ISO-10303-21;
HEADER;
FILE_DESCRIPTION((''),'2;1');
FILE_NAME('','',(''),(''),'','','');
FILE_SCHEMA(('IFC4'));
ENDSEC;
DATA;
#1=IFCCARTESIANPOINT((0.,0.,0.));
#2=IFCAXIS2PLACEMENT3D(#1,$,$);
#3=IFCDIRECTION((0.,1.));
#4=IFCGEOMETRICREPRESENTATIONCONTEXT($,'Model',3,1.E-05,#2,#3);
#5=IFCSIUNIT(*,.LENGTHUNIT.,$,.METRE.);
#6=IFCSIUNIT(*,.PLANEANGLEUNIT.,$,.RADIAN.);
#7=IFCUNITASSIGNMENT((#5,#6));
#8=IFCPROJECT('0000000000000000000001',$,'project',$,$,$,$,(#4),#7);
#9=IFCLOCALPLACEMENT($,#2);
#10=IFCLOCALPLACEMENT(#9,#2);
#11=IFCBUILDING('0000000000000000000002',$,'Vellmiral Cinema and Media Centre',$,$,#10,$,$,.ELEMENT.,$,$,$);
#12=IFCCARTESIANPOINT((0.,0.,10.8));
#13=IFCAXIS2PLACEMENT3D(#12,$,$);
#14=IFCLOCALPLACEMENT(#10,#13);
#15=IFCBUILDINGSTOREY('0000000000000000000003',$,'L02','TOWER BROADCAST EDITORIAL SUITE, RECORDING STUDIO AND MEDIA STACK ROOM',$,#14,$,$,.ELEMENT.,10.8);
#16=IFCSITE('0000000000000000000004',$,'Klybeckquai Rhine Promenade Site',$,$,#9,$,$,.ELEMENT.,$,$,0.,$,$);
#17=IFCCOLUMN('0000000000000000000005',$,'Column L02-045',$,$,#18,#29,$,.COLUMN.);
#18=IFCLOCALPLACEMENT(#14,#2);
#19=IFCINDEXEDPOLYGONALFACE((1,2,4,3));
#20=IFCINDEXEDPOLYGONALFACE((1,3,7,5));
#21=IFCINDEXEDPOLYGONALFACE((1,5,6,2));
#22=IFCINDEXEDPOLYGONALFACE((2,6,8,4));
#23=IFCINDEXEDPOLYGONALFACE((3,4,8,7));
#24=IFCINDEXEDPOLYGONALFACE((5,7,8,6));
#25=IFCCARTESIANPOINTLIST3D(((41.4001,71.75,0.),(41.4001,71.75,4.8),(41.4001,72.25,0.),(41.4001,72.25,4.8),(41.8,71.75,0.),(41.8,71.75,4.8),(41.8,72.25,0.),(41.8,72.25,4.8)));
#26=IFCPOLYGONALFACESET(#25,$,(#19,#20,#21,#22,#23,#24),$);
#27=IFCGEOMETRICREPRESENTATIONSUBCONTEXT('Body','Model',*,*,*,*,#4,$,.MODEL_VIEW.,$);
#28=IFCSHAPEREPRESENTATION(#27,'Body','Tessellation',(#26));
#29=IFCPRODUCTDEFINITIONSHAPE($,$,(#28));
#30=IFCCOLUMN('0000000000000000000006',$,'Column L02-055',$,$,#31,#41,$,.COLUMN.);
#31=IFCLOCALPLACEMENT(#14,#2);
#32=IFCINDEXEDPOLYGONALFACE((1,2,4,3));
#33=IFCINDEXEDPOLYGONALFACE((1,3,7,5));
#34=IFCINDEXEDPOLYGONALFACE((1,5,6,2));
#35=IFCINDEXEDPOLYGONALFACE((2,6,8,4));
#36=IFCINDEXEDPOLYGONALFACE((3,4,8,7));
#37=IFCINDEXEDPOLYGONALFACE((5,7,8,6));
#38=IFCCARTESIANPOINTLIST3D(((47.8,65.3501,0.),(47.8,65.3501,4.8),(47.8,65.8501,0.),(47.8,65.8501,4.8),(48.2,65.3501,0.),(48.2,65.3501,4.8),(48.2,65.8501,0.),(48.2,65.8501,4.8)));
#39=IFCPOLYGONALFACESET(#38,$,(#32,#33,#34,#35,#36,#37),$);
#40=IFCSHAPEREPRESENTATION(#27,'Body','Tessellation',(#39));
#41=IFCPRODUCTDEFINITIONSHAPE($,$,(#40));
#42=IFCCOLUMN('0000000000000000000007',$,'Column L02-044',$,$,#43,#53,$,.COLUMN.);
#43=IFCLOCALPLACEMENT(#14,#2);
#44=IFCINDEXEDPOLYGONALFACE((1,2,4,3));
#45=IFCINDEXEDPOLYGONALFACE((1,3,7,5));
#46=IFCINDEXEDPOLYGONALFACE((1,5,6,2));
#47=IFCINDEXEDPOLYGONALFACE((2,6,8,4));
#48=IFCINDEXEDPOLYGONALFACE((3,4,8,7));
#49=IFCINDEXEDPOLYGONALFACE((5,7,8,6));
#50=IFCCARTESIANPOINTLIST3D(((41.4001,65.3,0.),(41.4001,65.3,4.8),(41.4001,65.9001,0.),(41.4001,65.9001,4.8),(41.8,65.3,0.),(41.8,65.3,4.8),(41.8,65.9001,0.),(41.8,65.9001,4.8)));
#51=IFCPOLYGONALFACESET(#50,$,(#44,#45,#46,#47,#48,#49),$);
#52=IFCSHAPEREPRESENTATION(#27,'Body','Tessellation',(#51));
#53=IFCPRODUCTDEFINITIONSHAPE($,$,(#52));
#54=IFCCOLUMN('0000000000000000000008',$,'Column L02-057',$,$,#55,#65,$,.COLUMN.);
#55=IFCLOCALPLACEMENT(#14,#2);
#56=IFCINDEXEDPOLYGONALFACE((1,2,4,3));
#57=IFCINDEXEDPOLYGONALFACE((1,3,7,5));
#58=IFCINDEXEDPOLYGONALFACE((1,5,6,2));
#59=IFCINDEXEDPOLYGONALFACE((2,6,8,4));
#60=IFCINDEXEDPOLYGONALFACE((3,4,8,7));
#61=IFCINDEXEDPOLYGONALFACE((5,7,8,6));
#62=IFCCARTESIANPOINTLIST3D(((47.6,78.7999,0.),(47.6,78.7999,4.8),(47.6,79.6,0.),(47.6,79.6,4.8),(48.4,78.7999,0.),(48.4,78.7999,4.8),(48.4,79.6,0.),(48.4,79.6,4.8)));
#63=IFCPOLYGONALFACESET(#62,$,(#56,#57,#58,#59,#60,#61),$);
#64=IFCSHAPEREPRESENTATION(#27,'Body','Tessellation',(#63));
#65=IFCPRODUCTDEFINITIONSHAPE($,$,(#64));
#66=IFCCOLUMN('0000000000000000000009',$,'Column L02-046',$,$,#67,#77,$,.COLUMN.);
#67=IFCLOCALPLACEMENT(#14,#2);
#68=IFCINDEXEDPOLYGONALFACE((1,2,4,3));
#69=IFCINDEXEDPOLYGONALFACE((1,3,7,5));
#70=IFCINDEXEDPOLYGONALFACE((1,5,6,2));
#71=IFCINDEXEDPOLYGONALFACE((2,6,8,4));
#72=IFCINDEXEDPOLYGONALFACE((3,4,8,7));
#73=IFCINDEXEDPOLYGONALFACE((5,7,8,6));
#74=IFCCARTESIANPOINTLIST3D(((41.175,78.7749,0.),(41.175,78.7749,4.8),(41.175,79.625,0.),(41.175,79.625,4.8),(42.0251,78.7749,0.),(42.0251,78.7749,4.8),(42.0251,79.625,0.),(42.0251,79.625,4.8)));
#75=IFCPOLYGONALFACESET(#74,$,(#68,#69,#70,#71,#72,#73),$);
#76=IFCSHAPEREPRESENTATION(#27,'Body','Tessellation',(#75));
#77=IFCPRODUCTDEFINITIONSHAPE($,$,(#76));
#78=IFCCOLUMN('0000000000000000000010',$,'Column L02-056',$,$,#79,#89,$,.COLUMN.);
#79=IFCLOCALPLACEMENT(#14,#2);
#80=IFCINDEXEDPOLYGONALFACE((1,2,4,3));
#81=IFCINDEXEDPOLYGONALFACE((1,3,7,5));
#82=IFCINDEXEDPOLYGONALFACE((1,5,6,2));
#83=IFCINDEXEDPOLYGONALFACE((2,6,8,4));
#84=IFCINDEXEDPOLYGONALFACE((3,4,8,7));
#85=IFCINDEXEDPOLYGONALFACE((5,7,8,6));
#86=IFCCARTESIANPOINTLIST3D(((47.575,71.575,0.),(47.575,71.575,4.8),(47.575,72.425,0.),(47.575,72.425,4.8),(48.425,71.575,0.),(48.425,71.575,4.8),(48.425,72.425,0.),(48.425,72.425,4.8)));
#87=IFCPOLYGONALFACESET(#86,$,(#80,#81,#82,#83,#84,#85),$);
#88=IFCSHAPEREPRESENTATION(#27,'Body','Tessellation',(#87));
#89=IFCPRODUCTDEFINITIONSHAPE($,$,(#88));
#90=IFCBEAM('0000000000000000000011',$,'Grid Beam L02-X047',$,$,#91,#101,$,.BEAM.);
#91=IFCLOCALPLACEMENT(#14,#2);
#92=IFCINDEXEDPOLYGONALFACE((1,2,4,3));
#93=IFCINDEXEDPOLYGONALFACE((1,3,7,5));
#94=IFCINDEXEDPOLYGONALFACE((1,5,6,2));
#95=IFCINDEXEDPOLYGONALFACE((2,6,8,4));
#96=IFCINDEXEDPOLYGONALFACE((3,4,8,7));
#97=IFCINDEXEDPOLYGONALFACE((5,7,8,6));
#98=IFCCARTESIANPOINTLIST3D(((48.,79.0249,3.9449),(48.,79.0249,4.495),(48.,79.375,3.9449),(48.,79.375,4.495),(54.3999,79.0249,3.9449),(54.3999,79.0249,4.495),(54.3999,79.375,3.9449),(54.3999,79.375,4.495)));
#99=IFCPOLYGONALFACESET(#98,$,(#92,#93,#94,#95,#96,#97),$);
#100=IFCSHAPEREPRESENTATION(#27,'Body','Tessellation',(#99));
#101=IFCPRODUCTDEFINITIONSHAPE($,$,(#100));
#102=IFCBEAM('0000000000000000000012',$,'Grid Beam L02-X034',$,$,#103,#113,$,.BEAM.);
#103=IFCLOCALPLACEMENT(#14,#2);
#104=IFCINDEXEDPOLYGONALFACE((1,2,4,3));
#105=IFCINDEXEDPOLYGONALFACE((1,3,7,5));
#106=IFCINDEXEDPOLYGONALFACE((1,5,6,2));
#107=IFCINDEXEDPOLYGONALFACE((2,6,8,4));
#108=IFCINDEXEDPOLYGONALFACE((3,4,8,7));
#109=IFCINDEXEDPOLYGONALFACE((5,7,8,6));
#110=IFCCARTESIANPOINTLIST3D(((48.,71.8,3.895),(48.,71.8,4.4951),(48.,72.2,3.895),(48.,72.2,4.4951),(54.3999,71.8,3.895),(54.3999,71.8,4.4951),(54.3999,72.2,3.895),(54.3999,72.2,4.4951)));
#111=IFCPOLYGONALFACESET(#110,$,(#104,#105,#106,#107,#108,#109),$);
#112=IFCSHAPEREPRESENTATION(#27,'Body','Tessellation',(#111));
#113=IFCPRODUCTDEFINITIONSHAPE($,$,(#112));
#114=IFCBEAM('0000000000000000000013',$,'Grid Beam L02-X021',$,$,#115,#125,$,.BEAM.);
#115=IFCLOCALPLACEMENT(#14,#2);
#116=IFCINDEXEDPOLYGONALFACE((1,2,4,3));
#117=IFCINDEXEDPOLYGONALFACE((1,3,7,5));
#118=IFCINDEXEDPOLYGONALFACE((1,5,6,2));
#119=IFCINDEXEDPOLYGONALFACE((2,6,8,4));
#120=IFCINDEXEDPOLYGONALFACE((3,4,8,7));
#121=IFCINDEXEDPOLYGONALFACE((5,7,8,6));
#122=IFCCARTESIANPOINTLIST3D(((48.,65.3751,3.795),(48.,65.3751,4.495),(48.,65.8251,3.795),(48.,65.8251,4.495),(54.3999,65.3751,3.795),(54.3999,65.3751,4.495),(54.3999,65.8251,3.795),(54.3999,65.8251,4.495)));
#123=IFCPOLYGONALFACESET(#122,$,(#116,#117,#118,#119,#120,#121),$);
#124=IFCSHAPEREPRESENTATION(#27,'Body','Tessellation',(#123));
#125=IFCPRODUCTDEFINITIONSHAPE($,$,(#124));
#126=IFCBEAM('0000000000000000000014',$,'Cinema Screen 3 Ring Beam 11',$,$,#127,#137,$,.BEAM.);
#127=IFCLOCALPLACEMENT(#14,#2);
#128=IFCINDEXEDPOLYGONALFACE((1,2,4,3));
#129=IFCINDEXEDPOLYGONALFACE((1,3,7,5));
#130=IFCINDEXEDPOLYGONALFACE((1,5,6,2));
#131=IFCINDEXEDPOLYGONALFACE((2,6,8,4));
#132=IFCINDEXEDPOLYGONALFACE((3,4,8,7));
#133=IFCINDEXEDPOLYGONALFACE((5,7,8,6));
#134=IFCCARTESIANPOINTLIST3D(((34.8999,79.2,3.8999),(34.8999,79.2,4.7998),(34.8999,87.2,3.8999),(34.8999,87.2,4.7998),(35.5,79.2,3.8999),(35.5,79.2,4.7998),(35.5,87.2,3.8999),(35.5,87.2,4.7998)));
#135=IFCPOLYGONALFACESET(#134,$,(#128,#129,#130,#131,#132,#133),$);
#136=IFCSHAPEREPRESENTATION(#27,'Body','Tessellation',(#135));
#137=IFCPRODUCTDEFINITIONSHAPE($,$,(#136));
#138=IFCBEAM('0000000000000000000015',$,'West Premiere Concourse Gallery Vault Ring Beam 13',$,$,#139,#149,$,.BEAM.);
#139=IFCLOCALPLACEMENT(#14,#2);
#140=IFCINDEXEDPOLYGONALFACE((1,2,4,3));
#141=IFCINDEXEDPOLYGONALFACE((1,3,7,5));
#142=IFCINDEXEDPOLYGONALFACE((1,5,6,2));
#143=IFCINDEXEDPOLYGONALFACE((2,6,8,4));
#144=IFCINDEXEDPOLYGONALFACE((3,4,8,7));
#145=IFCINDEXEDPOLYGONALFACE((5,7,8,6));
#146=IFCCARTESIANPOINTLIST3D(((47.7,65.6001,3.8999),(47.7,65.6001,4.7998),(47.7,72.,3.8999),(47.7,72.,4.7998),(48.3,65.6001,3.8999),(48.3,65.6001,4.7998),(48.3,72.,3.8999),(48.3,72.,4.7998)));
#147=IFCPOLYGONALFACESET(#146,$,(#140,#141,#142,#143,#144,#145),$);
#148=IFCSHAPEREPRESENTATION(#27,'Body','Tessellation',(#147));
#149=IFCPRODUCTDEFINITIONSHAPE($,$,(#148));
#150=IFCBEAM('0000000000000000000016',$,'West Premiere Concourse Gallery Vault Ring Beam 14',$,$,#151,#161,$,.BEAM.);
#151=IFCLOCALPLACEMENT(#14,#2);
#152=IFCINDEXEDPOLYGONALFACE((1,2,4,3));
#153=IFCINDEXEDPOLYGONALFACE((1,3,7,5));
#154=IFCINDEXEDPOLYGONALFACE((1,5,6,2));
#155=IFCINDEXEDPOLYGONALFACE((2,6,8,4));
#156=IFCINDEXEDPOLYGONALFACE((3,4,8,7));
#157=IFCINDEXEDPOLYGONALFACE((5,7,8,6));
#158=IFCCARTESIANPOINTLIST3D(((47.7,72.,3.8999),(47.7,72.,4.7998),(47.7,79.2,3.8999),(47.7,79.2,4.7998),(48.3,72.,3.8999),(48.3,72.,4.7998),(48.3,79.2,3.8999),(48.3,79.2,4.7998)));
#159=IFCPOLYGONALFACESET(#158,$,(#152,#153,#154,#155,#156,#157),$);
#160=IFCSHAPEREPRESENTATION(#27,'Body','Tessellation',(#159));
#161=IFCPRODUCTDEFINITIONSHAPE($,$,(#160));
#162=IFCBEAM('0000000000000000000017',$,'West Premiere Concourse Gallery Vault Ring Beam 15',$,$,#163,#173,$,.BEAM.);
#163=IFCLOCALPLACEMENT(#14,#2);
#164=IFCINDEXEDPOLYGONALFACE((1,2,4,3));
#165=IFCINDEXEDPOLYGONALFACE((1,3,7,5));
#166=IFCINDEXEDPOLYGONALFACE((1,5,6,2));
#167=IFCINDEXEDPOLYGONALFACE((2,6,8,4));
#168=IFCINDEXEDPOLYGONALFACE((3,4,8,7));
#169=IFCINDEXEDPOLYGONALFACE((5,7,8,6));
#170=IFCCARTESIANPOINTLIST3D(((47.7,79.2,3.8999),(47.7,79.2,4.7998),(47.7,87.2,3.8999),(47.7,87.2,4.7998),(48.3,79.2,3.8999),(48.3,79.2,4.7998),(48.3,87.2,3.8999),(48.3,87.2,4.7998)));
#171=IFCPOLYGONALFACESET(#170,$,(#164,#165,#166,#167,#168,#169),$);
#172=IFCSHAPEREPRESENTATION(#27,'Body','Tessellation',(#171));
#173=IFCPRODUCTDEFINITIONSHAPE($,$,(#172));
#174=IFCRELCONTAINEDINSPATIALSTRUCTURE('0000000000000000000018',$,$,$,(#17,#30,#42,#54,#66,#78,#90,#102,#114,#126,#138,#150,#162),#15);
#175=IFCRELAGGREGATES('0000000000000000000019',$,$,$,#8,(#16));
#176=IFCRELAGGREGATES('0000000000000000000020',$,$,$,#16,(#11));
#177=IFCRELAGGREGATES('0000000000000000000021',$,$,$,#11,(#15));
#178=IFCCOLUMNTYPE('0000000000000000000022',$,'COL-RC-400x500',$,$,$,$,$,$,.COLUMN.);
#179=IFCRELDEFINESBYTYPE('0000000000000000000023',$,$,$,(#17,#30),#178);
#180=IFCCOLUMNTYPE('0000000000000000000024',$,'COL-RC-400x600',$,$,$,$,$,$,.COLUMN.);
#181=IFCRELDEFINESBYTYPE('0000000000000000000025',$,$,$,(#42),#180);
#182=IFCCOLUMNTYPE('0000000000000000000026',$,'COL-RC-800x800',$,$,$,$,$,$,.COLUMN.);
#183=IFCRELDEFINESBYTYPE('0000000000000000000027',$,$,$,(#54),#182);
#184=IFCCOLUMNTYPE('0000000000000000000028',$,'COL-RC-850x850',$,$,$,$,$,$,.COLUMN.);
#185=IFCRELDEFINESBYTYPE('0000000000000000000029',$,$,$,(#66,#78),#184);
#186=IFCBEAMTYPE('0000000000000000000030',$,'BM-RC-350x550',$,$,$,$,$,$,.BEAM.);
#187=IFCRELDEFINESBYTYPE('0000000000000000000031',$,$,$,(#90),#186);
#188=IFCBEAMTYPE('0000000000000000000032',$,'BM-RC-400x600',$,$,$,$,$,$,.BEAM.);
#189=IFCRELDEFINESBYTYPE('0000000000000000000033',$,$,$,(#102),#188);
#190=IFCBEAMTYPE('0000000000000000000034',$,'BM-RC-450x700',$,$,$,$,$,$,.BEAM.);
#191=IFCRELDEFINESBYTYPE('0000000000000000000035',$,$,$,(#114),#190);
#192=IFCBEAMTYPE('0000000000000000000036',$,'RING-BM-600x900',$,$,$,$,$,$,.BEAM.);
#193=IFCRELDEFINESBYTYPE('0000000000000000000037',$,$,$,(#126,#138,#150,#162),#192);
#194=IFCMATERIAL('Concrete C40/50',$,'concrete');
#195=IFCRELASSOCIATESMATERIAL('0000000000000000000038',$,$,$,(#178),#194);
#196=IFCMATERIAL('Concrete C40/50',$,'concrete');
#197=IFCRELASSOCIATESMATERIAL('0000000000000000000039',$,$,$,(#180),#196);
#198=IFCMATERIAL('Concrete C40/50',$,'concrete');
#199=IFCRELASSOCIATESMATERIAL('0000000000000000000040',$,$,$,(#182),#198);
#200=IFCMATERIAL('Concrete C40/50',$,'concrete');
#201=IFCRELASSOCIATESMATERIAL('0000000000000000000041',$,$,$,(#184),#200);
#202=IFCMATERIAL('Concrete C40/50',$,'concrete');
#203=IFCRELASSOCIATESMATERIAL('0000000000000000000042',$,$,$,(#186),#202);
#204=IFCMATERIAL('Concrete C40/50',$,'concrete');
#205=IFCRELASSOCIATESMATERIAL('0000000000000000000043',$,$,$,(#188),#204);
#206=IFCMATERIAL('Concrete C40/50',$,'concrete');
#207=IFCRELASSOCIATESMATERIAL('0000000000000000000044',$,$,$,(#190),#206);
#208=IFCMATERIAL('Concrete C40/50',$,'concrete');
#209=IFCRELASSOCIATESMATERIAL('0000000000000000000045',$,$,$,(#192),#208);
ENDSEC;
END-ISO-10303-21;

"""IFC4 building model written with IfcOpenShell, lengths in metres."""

from ifc_helpers import new_model, si_unit, direction, frame, origin, origin_2d, place, context, subcontext, project, spatial, rectangle, extrude, material, material_profile, profile_set, type_object, element, save


model = new_model("IFC4")

# Units and contexts
model_context = context("Model", 3, precision=1e-05, world=origin(), true_north=direction((0.0, 1.0)))
body_context = subcontext(model_context, "Body", "Model", "MODEL_VIEW")
ifc_project = project(units=[si_unit("LENGTHUNIT", "METRE"), si_unit("PLANEANGLEUNIT", "RADIAN")], contexts=[model_context])

# Site, building, storey
site_placement = place(None, origin())
site = spatial("IfcSite", under=ifc_project, at=site_placement, Name="Klybeckquai Rhine Promenade Site", CompositionType="ELEMENT", RefElevation=0.0)
building_placement = place(site_placement, origin())
building = spatial("IfcBuilding", under=site, at=building_placement, Name="Vellmiral Cinema and Media Centre", CompositionType="ELEMENT")
storey_placement = place(building_placement, frame((0.0, 0.0, 10.8)))
storey = spatial("IfcBuildingStorey", under=building, at=storey_placement, Name="L02", Description="TOWER BROADCAST EDITORIAL SUITE, RECORDING STUDIO AND MEDIA STACK ROOM", CompositionType="ELEMENT", Elevation=10.8)

# Columns
ifc_material_1 = material(Name="Concrete C40/50", Category="concrete")
ifc_material_profile_1 = material_profile(ifc_material_1, rectangle(XDim=0.3999, YDim=0.5, at=origin_2d()), Name="RC 400x500")
ifc_profile_set_1 = profile_set([ifc_material_profile_1], Name="Concrete C40/50")
column_type_1 = type_object("IfcColumnType", Name="COL-RC-400x500", PredefinedType="COLUMN", material=ifc_profile_set_1)
for number, where, z_axis, x_axis, name in (
    (1, (41.6001, 72.0, 0.0), (0.0, 0.0, 1.0), (1.0, 0.0, 0.0), "Column L02-045"),
    (2, (48.0, 65.6001, 0.0), (0.0, 0.0, 1.0), (1.0, 0.0, 0.0), "Column L02-055"),
):
    element("IfcColumn", number, at=place(storey_placement, frame(where, z_axis=z_axis, x_axis=x_axis)), inside=storey, type_object=column_type_1, Name=name, PredefinedType="COLUMN", context=body_context, shape_type="SweptSolid", body=[
        extrude(rectangle(XDim=0.3999, YDim=0.5, at=origin_2d()), origin(), (0.0, 0.0, 1.0), 4.8),
    ])
ifc_material_2 = material(Name="Concrete C40/50", Category="concrete")
ifc_material_profile_2 = material_profile(ifc_material_2, rectangle(XDim=0.3999, YDim=0.6001, at=origin_2d()), Name="RC 400x600")
ifc_profile_set_2 = profile_set([ifc_material_profile_2], Name="Concrete C40/50")
column_type_2 = type_object("IfcColumnType", Name="COL-RC-400x600", PredefinedType="COLUMN", material=ifc_profile_set_2)
column_1_placement = place(storey_placement, frame((41.6001, 65.6001, 0.0), z_axis=(0.0, 0.0, 1.0), x_axis=(1.0, 0.0, 0.0)))
element("IfcColumn", 3, at=column_1_placement, inside=storey, type_object=column_type_2, Name="Column L02-044", PredefinedType="COLUMN", context=body_context, shape_type="SweptSolid", body=[
    extrude(rectangle(XDim=0.3999, YDim=0.6001, at=origin_2d()), origin(), (0.0, 0.0, 1.0), 4.8),
])
ifc_material_3 = material(Name="Concrete C40/50", Category="concrete")
ifc_material_profile_3 = material_profile(ifc_material_3, rectangle(XDim=0.8, YDim=0.8, at=origin_2d()), Name="RC 800x800")
ifc_profile_set_3 = profile_set([ifc_material_profile_3], Name="Concrete C40/50")
column_type_3 = type_object("IfcColumnType", Name="COL-RC-800x800", PredefinedType="COLUMN", material=ifc_profile_set_3)
column_2_placement = place(storey_placement, frame((48.0, 79.2, 0.0), z_axis=(0.0, 0.0, 1.0), x_axis=(1.0, 0.0, 0.0)))
element("IfcColumn", 4, at=column_2_placement, inside=storey, type_object=column_type_3, Name="Column L02-057", PredefinedType="COLUMN", context=body_context, shape_type="SweptSolid", body=[
    extrude(rectangle(XDim=0.8, YDim=0.8, at=origin_2d()), origin(), (0.0, 0.0, 1.0), 4.8),
])
ifc_material_4 = material(Name="Concrete C40/50", Category="concrete")
ifc_material_profile_4 = material_profile(ifc_material_4, rectangle(XDim=0.8501, YDim=0.8501, at=origin_2d()), Name="RC 850x850")
ifc_profile_set_4 = profile_set([ifc_material_profile_4], Name="Concrete C40/50")
column_type_4 = type_object("IfcColumnType", Name="COL-RC-850x850", PredefinedType="COLUMN", material=ifc_profile_set_4)
for number, where, z_axis, x_axis, name in (
    (5, (41.6001, 79.2, 0.0), (0.0, 0.0, 1.0), (1.0, 0.0, 0.0), "Column L02-046"),
    (6, (48.0, 72.0, 0.0), (0.0, 0.0, 1.0), (1.0, 0.0, 0.0), "Column L02-056"),
):
    element("IfcColumn", number, at=place(storey_placement, frame(where, z_axis=z_axis, x_axis=x_axis)), inside=storey, type_object=column_type_4, Name=name, PredefinedType="COLUMN", context=body_context, shape_type="SweptSolid", body=[
        extrude(rectangle(XDim=0.8501, YDim=0.8501, at=origin_2d()), origin(), (0.0, 0.0, 1.0), 4.8),
    ])

# Beams
ifc_material_5 = material(Name="Concrete C40/50", Category="concrete")
ifc_material_profile_5 = material_profile(ifc_material_5, rectangle(XDim=0.3501, YDim=0.55, at=origin_2d()), Name="RC 350x550")
ifc_profile_set_5 = profile_set([ifc_material_profile_5], Name="Concrete C40/50")
beam_type_1 = type_object("IfcBeamType", Name="BM-RC-350x550", PredefinedType="BEAM", material=ifc_profile_set_5)
beam_1_placement = place(storey_placement, frame((48.0, 79.2, 4.22), z_axis=(1.0, 0.0, 0.0), x_axis=(0.0, 1.0, 0.0)))
element("IfcBeam", 7, at=beam_1_placement, inside=storey, type_object=beam_type_1, Name="Grid Beam L02-X047", PredefinedType="BEAM", context=body_context, shape_type="SweptSolid", body=[
    extrude(rectangle(XDim=0.3501, YDim=0.55, at=origin_2d()), origin(), (0.0, 0.0, 1.0), 6.3999),
])
ifc_material_6 = material(Name="Concrete C40/50", Category="concrete")
ifc_material_profile_6 = material_profile(ifc_material_6, rectangle(XDim=0.3999, YDim=0.6001, at=origin_2d()), Name="RC 400x600")
ifc_profile_set_6 = profile_set([ifc_material_profile_6], Name="Concrete C40/50")
beam_type_2 = type_object("IfcBeamType", Name="BM-RC-400x600", PredefinedType="BEAM", material=ifc_profile_set_6)
beam_2_placement = place(storey_placement, frame((48.0, 72.0, 4.1951), z_axis=(1.0, 0.0, 0.0), x_axis=(0.0, 1.0, 0.0)))
element("IfcBeam", 8, at=beam_2_placement, inside=storey, type_object=beam_type_2, Name="Grid Beam L02-X034", PredefinedType="BEAM", context=body_context, shape_type="SweptSolid", body=[
    extrude(rectangle(XDim=0.3999, YDim=0.6001, at=origin_2d()), origin(), (0.0, 0.0, 1.0), 6.3999),
])
ifc_material_7 = material(Name="Concrete C40/50", Category="concrete")
ifc_material_profile_7 = material_profile(ifc_material_7, rectangle(XDim=0.45, YDim=0.7, at=origin_2d()), Name="RC 450x700")
ifc_profile_set_7 = profile_set([ifc_material_profile_7], Name="Concrete C40/50")
beam_type_3 = type_object("IfcBeamType", Name="BM-RC-450x700", PredefinedType="BEAM", material=ifc_profile_set_7)
beam_3_placement = place(storey_placement, frame((48.0, 65.6001, 4.145), z_axis=(1.0, 0.0, 0.0), x_axis=(0.0, 1.0, 0.0)))
element("IfcBeam", 9, at=beam_3_placement, inside=storey, type_object=beam_type_3, Name="Grid Beam L02-X021", PredefinedType="BEAM", context=body_context, shape_type="SweptSolid", body=[
    extrude(rectangle(XDim=0.45, YDim=0.7, at=origin_2d()), origin(), (0.0, 0.0, 1.0), 6.3999),
])
ifc_material_8 = material(Name="Concrete C40/50", Category="concrete")
ifc_material_profile_8 = material_profile(ifc_material_8, rectangle(XDim=0.6001, YDim=0.8999, at=origin_2d()), Name="RC 600x900")
ifc_profile_set_8 = profile_set([ifc_material_profile_8], Name="Concrete C40/50")
beam_type_4 = type_object("IfcBeamType", Name="RING-BM-600x900", PredefinedType="BEAM", material=ifc_profile_set_8)
beam_4_placement = place(storey_placement, frame((35.2, 79.2, 4.3499), z_axis=(0.0, 1.0, 0.0), x_axis=(-1.0, 0.0, 0.0)))
element("IfcBeam", 10, at=beam_4_placement, inside=storey, type_object=beam_type_4, Name="Cinema Screen 3 Ring Beam 11", PredefinedType="BEAM", context=body_context, shape_type="SweptSolid", body=[
    extrude(rectangle(XDim=0.6001, YDim=0.8999, at=origin_2d()), origin(), (0.0, 0.0, 1.0), 8.0),
])
beam_5_placement = place(storey_placement, frame((48.0, 65.6001, 4.3499), z_axis=(0.0, 1.0, 0.0), x_axis=(-1.0, 0.0, 0.0)))
element("IfcBeam", 11, at=beam_5_placement, inside=storey, type_object=beam_type_4, Name="West Premiere Concourse Gallery Vault Ring Beam 13", PredefinedType="BEAM", context=body_context, shape_type="SweptSolid", body=[
    extrude(rectangle(XDim=0.6001, YDim=0.8999, at=origin_2d()), origin(), (0.0, 0.0, 1.0), 6.3999),
])
beam_6_placement = place(storey_placement, frame((48.0, 72.0, 4.3499), z_axis=(0.0, 1.0, 0.0), x_axis=(-1.0, 0.0, 0.0)))
element("IfcBeam", 12, at=beam_6_placement, inside=storey, type_object=beam_type_4, Name="West Premiere Concourse Gallery Vault Ring Beam 14", PredefinedType="BEAM", context=body_context, shape_type="SweptSolid", body=[
    extrude(rectangle(XDim=0.6001, YDim=0.8999, at=origin_2d()), origin(), (0.0, 0.0, 1.0), 7.2),
])
beam_7_placement = place(storey_placement, frame((48.0, 79.2, 4.3499), z_axis=(0.0, 1.0, 0.0), x_axis=(-1.0, 0.0, 0.0)))
element("IfcBeam", 13, at=beam_7_placement, inside=storey, type_object=beam_type_4, Name="West Premiere Concourse Gallery Vault Ring Beam 15", PredefinedType="BEAM", context=body_context, shape_type="SweptSolid", body=[
    extrude(rectangle(XDim=0.6001, YDim=0.8999, at=origin_2d()), origin(), (0.0, 0.0, 1.0), 8.0),
])

save(model, "model.ifc")
